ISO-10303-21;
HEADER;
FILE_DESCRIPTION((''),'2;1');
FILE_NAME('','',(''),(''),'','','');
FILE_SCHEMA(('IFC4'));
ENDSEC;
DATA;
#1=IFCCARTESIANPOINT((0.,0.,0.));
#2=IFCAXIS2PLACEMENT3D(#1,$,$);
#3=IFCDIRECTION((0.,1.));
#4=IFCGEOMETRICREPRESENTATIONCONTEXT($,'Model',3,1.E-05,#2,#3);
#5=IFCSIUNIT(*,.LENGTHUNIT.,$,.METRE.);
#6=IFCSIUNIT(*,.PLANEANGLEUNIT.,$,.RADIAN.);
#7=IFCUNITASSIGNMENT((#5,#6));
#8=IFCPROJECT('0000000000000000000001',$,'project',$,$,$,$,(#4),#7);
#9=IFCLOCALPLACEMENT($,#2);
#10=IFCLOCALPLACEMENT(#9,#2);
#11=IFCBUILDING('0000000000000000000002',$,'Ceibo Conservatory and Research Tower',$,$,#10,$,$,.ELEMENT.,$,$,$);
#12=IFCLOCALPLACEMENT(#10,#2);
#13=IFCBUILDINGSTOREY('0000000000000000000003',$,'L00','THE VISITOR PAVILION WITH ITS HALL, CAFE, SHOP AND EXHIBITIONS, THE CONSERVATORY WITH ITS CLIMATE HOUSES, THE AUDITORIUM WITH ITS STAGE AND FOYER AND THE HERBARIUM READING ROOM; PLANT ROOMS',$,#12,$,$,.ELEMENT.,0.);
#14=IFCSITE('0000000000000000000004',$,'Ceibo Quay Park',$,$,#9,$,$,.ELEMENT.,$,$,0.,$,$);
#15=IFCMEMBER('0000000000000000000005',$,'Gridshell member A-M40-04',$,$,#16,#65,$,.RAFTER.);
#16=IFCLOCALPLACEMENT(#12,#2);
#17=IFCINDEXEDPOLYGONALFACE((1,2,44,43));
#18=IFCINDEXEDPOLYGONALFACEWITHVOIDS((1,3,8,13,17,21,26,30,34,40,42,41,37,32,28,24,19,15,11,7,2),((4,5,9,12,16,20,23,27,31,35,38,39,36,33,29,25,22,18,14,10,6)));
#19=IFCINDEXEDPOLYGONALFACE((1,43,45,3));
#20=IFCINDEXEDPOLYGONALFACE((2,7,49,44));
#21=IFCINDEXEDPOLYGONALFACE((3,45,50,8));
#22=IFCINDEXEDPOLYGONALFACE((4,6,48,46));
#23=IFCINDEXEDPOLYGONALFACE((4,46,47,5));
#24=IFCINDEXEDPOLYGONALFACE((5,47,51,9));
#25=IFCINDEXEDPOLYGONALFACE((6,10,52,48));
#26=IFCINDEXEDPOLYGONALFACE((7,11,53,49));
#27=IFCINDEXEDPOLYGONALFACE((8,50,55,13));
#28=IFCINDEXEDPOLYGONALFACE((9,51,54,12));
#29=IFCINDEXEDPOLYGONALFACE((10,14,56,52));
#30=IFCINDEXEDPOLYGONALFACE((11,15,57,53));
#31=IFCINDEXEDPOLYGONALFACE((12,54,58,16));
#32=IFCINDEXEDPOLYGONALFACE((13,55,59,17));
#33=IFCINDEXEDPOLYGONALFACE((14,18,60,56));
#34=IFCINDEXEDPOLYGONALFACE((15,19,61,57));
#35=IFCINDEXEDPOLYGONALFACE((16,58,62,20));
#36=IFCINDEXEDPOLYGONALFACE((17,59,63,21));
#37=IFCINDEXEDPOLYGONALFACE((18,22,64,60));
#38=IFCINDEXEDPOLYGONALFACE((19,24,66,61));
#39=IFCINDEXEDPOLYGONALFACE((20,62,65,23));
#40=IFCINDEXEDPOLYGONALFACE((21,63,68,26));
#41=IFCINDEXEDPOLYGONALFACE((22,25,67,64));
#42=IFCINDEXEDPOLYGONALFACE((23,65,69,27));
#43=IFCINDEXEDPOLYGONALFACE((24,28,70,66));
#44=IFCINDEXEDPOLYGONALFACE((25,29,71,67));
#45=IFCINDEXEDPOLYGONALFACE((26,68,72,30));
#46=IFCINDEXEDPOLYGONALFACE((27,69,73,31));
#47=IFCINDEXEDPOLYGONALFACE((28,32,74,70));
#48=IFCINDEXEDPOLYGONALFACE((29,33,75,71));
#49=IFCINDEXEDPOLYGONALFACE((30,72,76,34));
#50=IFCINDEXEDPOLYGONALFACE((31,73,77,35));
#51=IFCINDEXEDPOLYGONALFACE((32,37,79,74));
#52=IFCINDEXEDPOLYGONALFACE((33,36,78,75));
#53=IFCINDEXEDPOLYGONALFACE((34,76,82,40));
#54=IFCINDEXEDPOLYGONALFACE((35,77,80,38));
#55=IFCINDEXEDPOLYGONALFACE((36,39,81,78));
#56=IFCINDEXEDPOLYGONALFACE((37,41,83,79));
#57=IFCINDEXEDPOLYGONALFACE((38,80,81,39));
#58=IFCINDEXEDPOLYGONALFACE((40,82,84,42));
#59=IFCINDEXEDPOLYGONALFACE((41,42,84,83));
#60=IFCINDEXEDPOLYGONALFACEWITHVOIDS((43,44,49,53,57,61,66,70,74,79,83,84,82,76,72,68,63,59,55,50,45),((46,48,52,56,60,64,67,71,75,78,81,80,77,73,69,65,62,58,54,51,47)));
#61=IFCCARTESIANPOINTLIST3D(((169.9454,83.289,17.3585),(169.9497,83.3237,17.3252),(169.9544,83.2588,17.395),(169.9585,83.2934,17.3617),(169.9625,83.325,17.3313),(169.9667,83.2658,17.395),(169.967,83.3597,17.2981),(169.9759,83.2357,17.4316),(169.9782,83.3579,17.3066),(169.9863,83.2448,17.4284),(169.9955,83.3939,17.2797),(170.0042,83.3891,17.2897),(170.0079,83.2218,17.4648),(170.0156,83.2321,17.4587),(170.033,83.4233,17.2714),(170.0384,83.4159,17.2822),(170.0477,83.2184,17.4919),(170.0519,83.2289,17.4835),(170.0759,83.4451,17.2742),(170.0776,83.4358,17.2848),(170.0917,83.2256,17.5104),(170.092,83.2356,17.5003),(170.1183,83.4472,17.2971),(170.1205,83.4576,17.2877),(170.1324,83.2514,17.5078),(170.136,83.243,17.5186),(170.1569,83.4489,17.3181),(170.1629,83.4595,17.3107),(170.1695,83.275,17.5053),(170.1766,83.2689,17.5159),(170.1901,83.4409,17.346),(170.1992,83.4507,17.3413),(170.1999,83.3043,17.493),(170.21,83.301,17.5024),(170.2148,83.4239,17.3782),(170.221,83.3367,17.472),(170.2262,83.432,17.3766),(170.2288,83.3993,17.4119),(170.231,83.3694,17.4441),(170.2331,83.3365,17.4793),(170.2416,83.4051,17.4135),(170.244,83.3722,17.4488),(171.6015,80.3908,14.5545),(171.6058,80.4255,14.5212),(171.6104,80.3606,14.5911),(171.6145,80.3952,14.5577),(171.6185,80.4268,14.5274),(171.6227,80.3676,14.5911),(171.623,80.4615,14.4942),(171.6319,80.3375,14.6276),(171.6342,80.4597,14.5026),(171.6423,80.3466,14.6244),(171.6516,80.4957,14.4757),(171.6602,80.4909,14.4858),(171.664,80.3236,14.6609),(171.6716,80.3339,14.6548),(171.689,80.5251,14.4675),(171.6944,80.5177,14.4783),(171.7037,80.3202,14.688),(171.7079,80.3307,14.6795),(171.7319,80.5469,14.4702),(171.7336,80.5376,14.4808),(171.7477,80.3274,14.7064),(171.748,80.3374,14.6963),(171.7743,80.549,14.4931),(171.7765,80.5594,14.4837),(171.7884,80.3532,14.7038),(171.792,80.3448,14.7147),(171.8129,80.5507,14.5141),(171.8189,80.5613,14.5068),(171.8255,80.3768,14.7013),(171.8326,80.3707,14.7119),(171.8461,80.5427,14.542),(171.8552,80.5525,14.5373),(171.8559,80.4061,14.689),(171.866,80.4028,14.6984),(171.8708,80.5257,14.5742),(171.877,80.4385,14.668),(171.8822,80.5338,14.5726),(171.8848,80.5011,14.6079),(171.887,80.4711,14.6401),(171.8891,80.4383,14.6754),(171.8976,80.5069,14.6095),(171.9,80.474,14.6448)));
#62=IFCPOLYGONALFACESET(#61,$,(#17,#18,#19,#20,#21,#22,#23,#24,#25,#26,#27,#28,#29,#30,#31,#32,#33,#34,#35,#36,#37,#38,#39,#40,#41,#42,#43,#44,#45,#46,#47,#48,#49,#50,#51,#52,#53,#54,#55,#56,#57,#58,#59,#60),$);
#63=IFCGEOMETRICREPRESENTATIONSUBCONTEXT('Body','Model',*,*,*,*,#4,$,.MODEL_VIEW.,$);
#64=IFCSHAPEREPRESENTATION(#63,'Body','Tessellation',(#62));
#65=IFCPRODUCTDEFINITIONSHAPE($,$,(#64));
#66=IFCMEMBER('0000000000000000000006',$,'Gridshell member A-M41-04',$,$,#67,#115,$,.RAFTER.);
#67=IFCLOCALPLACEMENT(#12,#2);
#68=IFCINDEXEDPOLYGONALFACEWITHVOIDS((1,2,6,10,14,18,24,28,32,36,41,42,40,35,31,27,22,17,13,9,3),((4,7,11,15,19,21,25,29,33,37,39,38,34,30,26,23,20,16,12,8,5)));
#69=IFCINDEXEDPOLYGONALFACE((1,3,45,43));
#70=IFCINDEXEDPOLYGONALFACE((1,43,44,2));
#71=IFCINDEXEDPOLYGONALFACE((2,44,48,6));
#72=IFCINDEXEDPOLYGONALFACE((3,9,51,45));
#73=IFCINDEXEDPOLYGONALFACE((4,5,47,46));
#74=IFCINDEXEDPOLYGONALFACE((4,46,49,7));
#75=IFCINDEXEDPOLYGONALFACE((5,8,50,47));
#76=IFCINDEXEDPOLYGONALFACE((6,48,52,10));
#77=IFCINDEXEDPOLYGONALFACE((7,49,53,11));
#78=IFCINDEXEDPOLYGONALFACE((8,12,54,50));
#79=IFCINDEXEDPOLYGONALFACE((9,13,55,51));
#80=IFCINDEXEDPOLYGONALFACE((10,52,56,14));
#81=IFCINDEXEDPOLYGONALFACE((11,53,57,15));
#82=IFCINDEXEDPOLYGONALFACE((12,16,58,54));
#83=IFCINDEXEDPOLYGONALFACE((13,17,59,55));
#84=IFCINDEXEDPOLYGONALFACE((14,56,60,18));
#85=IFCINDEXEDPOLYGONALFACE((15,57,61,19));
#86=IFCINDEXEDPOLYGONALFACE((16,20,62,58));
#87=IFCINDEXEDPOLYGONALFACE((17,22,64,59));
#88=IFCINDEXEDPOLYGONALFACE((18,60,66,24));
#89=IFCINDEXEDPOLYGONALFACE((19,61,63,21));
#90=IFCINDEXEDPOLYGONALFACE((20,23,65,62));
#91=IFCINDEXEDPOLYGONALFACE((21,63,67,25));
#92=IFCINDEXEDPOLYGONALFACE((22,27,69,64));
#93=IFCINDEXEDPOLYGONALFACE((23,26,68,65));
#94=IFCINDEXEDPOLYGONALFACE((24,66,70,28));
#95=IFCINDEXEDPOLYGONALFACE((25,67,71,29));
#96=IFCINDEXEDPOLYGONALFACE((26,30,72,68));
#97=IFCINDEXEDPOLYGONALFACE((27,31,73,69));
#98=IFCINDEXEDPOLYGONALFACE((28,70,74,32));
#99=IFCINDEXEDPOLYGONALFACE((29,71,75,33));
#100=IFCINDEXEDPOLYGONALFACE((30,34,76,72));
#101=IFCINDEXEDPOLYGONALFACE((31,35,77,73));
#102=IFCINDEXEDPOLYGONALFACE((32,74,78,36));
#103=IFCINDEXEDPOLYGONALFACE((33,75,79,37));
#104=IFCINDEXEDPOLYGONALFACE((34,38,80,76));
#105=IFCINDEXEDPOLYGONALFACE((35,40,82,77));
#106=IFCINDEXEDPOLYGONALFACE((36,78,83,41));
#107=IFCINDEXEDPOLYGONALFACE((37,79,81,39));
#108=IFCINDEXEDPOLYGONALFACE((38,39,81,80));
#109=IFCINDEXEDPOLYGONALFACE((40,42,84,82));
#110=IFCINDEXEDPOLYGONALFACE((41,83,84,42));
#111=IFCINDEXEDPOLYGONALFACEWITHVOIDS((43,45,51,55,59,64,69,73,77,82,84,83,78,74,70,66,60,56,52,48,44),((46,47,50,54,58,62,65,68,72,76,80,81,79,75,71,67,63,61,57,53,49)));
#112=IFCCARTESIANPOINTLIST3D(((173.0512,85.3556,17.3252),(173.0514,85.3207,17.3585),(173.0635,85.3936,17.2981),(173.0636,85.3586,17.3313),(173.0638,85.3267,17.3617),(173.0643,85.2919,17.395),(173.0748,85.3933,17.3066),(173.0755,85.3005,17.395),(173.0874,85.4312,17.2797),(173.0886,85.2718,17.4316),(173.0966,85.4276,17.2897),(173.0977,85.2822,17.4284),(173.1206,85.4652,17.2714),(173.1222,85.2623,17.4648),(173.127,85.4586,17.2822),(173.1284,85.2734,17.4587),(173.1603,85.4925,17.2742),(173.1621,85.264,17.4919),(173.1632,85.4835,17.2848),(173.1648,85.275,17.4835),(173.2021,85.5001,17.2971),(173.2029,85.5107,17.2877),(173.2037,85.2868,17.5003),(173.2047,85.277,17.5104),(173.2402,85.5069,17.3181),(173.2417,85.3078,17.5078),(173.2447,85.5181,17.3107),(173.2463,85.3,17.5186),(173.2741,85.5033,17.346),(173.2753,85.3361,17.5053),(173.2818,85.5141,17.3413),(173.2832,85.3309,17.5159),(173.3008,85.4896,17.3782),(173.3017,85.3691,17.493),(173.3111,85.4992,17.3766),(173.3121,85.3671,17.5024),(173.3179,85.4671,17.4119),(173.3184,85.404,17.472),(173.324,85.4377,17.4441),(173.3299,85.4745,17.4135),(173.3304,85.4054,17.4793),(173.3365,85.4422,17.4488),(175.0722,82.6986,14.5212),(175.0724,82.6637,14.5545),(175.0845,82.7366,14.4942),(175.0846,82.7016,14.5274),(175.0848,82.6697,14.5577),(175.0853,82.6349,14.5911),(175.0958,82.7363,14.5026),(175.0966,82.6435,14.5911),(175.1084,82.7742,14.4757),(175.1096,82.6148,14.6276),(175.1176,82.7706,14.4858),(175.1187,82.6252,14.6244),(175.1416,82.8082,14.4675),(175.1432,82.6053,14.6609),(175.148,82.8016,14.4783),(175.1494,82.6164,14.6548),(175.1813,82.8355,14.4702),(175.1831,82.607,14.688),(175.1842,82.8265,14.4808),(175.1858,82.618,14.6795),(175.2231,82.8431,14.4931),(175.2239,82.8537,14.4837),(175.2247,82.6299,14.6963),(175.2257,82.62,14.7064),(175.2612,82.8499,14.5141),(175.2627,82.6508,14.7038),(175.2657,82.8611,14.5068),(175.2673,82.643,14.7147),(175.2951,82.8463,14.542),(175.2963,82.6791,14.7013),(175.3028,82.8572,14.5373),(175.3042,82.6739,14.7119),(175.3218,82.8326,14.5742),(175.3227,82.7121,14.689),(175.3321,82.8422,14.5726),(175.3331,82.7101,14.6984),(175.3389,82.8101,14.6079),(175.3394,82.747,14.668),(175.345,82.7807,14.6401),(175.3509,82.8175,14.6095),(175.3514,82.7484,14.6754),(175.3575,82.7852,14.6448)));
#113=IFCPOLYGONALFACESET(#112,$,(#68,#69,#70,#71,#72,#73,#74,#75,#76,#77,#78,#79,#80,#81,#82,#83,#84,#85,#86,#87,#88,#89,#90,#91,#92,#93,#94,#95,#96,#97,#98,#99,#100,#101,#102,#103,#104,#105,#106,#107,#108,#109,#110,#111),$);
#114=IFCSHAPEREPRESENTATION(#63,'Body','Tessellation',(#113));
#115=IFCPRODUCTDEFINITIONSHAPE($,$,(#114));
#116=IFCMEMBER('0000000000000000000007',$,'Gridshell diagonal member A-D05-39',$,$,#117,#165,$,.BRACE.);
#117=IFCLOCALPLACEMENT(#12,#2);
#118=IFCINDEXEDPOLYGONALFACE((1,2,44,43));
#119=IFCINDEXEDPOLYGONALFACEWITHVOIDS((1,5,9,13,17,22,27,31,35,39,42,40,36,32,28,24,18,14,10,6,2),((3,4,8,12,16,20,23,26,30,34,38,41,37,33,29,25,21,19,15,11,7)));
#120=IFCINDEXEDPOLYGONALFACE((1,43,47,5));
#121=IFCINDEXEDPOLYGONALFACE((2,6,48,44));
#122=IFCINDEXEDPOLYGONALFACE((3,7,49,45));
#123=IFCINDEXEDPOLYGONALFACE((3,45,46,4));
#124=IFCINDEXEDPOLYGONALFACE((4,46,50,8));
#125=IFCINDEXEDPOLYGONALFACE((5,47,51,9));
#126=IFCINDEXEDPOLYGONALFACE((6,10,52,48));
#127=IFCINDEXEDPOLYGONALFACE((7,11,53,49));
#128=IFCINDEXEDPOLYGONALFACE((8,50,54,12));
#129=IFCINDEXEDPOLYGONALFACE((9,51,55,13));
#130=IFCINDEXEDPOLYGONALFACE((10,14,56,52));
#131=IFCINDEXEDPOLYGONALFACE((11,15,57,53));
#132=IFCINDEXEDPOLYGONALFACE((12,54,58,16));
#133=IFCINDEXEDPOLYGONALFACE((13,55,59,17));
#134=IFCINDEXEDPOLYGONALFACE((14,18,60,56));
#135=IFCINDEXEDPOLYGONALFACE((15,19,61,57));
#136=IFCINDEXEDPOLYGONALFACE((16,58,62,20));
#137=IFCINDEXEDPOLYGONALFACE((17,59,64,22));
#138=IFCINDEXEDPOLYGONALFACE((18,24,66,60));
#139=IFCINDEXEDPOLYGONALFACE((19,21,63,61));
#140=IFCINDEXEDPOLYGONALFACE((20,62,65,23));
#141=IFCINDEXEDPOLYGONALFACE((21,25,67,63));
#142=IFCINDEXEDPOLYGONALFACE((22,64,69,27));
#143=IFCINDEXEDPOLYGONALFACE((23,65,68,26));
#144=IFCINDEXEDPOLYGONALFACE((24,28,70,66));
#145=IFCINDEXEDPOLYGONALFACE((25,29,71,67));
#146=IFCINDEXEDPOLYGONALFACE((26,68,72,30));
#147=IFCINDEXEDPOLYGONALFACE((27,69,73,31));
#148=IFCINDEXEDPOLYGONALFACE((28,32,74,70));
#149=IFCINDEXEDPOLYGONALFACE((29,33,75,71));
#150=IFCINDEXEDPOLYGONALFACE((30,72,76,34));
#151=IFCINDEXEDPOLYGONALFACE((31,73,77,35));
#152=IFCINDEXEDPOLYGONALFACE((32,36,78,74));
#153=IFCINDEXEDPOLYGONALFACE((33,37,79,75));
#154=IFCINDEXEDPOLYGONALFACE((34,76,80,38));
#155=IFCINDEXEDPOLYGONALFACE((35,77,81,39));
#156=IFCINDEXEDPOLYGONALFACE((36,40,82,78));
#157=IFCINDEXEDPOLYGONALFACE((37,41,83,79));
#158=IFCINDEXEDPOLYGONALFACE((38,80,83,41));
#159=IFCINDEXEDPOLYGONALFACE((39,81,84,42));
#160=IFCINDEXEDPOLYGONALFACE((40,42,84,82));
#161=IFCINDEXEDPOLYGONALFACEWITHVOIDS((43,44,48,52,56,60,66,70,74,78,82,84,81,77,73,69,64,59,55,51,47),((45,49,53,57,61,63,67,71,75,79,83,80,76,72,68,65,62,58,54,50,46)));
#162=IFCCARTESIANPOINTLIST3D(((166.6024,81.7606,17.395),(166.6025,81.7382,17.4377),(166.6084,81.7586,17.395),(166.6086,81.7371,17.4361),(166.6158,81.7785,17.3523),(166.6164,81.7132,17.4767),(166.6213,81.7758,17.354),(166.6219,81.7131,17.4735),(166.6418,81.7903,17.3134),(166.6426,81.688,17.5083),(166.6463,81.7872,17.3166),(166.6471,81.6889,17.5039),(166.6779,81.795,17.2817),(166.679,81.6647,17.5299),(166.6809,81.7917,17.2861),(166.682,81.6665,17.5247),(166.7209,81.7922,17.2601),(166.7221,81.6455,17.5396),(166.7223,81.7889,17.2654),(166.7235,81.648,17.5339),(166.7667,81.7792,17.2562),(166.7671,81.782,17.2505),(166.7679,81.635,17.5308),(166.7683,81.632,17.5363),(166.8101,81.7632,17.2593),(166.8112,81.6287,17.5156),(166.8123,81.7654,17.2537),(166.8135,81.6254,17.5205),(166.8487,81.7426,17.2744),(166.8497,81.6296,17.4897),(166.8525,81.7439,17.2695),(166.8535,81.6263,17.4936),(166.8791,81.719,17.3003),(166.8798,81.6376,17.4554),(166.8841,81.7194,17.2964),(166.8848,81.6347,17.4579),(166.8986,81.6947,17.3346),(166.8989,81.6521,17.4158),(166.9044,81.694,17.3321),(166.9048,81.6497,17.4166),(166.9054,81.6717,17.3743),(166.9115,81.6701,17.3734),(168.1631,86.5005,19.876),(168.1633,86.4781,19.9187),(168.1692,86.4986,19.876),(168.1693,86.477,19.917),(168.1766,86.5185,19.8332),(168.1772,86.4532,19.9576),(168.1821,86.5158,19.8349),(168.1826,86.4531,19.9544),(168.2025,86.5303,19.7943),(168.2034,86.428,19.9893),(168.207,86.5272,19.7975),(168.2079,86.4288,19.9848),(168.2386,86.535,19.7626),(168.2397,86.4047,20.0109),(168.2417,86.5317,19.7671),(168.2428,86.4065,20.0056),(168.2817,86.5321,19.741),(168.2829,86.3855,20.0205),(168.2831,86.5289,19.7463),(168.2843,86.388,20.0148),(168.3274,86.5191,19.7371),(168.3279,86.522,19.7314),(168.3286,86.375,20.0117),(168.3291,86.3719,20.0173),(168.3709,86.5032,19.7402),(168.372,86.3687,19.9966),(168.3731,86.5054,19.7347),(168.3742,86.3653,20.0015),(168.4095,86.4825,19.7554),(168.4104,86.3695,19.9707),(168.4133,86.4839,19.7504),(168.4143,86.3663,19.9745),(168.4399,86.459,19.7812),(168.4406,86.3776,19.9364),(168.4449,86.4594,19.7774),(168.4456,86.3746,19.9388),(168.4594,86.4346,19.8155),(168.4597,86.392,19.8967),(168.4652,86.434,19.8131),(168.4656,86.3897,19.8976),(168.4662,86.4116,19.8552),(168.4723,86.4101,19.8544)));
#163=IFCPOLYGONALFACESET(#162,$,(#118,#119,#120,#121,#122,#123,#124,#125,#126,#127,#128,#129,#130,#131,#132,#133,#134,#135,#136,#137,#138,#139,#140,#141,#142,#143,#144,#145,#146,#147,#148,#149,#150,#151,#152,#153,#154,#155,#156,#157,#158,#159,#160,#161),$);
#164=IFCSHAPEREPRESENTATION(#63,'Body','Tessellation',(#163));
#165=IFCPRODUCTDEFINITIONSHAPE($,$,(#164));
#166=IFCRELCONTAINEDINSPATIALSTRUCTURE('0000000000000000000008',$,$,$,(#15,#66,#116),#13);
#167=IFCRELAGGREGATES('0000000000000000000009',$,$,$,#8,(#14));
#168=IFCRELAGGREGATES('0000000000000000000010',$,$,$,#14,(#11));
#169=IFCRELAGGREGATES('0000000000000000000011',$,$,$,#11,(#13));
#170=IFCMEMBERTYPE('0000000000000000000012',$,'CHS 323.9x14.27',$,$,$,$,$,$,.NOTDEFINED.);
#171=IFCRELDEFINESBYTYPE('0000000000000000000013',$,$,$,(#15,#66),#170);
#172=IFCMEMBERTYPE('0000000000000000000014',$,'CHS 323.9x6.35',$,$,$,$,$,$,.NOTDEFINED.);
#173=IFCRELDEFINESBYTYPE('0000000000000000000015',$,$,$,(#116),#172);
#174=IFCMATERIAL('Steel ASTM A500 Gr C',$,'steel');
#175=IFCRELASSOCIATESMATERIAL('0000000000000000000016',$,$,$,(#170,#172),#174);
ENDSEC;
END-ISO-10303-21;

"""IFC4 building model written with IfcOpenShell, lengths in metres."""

from ifc_helpers import new_model, si_unit, direction, frame, origin, origin_2d, place, context, subcontext, project, spatial, hollow_circle, extrude, material, material_profile, profile_set, type_object, element, save


model = new_model("IFC4")

# Units and contexts
model_context = context("Model", 3, precision=1e-05, world=origin(), true_north=direction((0.0, 1.0)))
body_context = subcontext(model_context, "Body", "Model", "MODEL_VIEW")
ifc_project = project(units=[si_unit("LENGTHUNIT", "METRE"), si_unit("PLANEANGLEUNIT", "RADIAN")], contexts=[model_context])

# Site, building, storey
site_placement = place(None, origin())
site = spatial("IfcSite", under=ifc_project, at=site_placement, Name="Ceibo Quay Park", CompositionType="ELEMENT", RefElevation=0.0)
building_placement = place(site_placement, origin())
building = spatial("IfcBuilding", under=site, at=building_placement, Name="Ceibo Conservatory and Research Tower", CompositionType="ELEMENT")
storey_placement = place(building_placement, origin())
storey = spatial("IfcBuildingStorey", under=building, at=storey_placement, Name="L00", Description="THE VISITOR PAVILION WITH ITS HALL, CAFE, SHOP AND EXHIBITIONS, THE CONSERVATORY WITH ITS CLIMATE HOUSES, THE AUDITORIUM WITH ITS STAGE AND FOYER AND THE HERBARIUM READING ROOM; PLANT ROOMS", CompositionType="ELEMENT", Elevation=0.0)

# Members
ifc_material_1 = material(Name="Steel ASTM A500 Gr C", Category="steel")
ifc_material_profile_1 = material_profile(ifc_material_1, hollow_circle(Radius=0.1619, WallThickness=0.0142, at=origin_2d()), Name="CHS 323.9x14.27")
ifc_profile_set_1 = profile_set([ifc_material_profile_1], Name="Steel ASTM A500 Gr C")
member_type_1 = type_object("IfcMemberType", Name="CHS 323.9x14.27", PredefinedType="NOTDEFINED", material=ifc_profile_set_1)
member_1_placement = place(storey_placement, frame((171.751, 80.4409, 14.5911), z_axis=(-0.379873, 0.66482, 0.643203), x_axis=(-0.868257, -0.496115, 0.0)))
element("IfcMember", 1, at=member_1_placement, inside=storey, type_object=member_type_1, Name="Gridshell member A-M40-04", PredefinedType="RAFTER", context=body_context, shape_type="SweptSolid", body=[
    extrude(hollow_circle(Radius=0.1619, WallThickness=0.0142, at=origin_2d()), origin(), (0.0, 0.0, 1.0), 4.3594),
])
member_2_placement = place(storey_placement, frame((175.2141, 82.7329, 14.5911), z_axis=(-0.463573, 0.609455, 0.643167), x_axis=(-0.795918, -0.605404, 0.0)))
element("IfcMember", 2, at=member_2_placement, inside=storey, type_object=member_type_1, Name="Gridshell member A-M41-04", PredefinedType="RAFTER", context=body_context, shape_type="SweptSolid", body=[
    extrude(hollow_circle(Radius=0.1619, WallThickness=0.0142, at=origin_2d()), origin(), (0.0, 0.0, 1.0), 4.3596),
])
ifc_material_profile_2 = material_profile(ifc_material_1, hollow_circle(Radius=0.1619, WallThickness=0.0063, at=origin_2d()), Name="CHS 323.9x6.35")
ifc_profile_set_2 = profile_set([ifc_material_profile_2], Name="Steel ASTM A500 Gr C")
member_type_2 = type_object("IfcMemberType", Name="CHS 323.9x6.35", PredefinedType="NOTDEFINED", material=ifc_profile_set_2)
member_3_placement = place(storey_placement, frame((166.7561, 81.71, 17.395), z_axis=(0.280061, 0.850522, 0.445172), x_axis=(-0.949832, 0.312762, 0.0)))
element("IfcMember", 3, at=member_3_placement, inside=storey, type_object=member_type_2, Name="Gridshell diagonal member A-D05-39", PredefinedType="BRACE", context=body_context, shape_type="SweptSolid", body=[
    extrude(hollow_circle(Radius=0.1619, WallThickness=0.0063, at=origin_2d()), origin(), (0.0, 0.0, 1.0), 5.573),
])

save(model, "model.ifc")
